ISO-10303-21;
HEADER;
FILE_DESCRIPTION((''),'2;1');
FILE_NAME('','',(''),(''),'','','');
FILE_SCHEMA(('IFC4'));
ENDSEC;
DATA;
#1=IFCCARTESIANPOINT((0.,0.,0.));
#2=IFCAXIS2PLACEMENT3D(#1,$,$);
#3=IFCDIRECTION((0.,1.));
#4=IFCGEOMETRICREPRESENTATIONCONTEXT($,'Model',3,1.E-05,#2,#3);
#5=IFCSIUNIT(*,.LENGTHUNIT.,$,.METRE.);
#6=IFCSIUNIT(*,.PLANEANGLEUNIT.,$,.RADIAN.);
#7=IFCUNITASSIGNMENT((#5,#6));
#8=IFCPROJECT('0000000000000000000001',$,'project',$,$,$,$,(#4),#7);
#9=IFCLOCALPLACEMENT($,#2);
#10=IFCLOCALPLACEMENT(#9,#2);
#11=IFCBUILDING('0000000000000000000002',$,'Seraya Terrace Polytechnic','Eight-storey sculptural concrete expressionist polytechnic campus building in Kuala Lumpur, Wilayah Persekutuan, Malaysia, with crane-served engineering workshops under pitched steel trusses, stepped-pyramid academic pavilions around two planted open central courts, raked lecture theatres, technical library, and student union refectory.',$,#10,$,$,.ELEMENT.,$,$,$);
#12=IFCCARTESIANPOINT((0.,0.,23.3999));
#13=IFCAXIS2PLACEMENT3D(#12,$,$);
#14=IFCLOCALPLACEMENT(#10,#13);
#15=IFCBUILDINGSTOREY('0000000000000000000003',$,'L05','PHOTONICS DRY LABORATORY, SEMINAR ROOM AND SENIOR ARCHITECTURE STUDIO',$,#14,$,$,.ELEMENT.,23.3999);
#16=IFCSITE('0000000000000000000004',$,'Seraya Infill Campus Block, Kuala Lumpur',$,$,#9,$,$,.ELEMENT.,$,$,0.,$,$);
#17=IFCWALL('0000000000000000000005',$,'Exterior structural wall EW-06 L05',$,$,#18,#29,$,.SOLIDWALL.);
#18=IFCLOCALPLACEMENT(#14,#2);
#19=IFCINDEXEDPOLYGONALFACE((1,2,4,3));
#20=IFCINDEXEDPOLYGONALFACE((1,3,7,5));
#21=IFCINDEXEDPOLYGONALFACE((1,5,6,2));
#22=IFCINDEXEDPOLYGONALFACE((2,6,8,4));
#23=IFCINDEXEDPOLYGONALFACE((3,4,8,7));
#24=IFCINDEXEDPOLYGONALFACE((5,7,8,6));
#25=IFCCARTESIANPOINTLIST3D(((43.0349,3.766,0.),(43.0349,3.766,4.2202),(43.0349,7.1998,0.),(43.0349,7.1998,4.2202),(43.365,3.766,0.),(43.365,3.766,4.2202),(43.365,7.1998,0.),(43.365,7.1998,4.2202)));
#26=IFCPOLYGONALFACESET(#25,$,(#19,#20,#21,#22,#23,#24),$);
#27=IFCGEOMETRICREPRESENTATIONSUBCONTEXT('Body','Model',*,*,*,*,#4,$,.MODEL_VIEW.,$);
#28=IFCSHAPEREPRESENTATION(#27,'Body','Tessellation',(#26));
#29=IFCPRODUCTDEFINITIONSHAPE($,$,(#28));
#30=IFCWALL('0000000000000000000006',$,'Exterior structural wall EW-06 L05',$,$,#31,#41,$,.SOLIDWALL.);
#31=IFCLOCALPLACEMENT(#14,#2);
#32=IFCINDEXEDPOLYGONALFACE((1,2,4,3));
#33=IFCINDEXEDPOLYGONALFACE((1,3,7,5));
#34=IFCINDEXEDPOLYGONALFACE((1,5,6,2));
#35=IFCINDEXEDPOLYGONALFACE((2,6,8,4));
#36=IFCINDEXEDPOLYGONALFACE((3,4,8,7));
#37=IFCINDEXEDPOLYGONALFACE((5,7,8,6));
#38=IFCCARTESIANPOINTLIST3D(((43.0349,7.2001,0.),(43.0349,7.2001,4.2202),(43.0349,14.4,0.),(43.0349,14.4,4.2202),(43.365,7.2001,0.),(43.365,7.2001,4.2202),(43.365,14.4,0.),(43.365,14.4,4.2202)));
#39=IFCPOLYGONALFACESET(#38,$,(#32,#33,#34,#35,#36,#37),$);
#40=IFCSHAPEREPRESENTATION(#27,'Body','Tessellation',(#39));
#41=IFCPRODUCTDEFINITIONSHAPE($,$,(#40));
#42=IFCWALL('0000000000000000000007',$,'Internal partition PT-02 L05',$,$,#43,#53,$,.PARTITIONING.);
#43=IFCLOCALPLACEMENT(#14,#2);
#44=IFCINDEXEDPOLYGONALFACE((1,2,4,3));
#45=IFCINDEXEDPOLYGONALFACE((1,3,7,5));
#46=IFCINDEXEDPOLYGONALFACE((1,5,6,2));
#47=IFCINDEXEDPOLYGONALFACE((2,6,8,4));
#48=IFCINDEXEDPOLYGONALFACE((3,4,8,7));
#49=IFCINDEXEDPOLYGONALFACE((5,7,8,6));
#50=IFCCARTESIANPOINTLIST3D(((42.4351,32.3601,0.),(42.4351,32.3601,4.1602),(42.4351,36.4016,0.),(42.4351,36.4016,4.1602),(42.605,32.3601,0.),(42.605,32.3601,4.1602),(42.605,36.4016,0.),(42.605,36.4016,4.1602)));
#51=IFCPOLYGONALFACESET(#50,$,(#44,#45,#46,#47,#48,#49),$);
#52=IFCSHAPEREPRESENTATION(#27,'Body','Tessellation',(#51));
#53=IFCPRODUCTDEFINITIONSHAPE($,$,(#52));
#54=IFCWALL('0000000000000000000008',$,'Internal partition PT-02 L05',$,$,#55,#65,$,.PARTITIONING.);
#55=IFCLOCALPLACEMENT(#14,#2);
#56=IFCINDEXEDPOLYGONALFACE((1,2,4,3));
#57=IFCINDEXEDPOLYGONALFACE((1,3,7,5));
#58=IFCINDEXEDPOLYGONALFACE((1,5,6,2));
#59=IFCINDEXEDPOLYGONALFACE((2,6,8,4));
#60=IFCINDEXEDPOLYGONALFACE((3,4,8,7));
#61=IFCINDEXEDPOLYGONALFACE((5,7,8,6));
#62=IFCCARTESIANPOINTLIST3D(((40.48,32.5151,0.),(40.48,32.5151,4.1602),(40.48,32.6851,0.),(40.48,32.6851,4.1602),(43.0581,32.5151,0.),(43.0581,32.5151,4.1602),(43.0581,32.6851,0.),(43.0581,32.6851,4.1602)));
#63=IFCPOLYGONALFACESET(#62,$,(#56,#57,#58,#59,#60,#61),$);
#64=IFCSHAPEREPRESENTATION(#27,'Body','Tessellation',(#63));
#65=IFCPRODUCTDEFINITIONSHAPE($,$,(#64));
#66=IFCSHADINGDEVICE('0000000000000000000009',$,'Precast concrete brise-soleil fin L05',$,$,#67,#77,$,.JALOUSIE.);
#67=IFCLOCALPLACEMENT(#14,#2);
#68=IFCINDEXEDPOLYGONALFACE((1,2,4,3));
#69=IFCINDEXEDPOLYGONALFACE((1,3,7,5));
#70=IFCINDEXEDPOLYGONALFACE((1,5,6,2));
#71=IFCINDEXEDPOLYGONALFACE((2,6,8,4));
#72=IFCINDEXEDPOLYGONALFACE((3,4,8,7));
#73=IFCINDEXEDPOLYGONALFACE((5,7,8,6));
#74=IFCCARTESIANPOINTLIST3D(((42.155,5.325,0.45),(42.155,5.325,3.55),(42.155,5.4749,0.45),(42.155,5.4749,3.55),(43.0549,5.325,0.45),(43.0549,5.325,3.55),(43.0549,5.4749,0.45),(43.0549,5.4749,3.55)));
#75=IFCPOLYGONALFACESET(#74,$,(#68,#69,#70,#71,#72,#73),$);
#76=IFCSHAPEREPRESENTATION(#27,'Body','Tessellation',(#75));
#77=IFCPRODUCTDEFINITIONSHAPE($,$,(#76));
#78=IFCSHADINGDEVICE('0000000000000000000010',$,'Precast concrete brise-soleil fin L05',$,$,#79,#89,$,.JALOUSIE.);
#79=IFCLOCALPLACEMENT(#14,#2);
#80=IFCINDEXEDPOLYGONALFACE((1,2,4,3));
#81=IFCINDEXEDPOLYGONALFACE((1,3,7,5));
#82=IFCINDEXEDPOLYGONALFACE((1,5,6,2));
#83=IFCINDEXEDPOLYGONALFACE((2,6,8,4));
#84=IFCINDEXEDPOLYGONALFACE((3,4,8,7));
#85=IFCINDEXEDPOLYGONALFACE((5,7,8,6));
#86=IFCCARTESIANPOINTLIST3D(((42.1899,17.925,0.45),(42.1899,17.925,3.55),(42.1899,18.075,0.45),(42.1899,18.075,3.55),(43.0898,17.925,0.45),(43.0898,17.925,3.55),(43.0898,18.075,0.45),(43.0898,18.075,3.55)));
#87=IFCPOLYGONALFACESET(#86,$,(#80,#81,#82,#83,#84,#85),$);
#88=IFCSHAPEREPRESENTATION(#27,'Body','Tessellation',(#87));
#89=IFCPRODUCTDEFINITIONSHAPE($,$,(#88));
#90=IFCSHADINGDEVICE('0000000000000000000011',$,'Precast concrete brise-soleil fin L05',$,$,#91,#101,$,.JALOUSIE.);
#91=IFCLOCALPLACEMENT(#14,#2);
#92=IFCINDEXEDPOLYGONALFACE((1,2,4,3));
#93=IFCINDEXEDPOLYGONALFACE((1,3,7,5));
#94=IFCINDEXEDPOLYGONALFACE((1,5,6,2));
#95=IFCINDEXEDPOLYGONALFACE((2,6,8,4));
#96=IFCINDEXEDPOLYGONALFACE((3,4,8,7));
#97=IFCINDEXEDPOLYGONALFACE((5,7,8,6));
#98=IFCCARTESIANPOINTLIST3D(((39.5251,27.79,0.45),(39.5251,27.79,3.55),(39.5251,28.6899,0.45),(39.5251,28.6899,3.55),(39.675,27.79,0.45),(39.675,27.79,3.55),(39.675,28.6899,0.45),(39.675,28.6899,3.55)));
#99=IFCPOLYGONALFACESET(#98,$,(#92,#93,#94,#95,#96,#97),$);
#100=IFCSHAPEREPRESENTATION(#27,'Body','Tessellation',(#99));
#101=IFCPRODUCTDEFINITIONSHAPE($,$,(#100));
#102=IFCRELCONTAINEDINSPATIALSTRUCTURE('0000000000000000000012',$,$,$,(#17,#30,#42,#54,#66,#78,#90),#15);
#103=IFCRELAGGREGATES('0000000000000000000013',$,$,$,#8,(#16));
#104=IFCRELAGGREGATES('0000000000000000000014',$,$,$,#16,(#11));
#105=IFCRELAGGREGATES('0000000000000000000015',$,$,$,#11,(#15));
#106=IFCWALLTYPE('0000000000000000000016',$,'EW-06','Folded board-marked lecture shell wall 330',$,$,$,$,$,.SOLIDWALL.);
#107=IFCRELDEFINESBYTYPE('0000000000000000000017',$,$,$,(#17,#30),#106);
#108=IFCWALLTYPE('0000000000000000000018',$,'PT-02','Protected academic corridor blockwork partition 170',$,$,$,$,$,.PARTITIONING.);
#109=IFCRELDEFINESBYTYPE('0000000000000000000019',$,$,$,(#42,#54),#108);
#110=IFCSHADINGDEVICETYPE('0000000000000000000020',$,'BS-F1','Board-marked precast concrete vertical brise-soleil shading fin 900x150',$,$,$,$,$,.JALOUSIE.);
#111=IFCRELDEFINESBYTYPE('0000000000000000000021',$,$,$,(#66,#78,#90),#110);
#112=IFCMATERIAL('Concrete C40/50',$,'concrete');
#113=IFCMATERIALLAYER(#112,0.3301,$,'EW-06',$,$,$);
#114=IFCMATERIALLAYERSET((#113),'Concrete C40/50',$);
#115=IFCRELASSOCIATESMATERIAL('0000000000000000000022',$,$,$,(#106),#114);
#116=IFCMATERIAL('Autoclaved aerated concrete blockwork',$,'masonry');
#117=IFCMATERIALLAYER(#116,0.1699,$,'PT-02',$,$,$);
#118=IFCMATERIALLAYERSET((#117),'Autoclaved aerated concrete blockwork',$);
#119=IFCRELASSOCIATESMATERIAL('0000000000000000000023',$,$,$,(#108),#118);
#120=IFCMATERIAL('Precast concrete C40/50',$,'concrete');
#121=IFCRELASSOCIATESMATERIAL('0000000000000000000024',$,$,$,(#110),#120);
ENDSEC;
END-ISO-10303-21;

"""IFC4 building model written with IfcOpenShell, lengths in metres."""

from ifc_helpers import new_model, si_unit, direction, frame, frame_2d, origin, origin_2d, place, context, subcontext, project, spatial, rectangle, extrude, material, layer, layer_set, type_object, element, save


model = new_model("IFC4")

# Units and contexts
model_context = context("Model", 3, precision=1e-05, world=origin(), true_north=direction((0.0, 1.0)))
body_context = subcontext(model_context, "Body", "Model", "MODEL_VIEW")
ifc_project = project(units=[si_unit("LENGTHUNIT", "METRE"), si_unit("PLANEANGLEUNIT", "RADIAN")], contexts=[model_context])

# Site, building, storey
site_placement = place(None, origin())
site = spatial("IfcSite", under=ifc_project, at=site_placement, Name="Seraya Infill Campus Block, Kuala Lumpur", CompositionType="ELEMENT", RefElevation=0.0)
building_placement = place(site_placement, origin())
building = spatial("IfcBuilding", under=site, at=building_placement, Name="Seraya Terrace Polytechnic", Description="Eight-storey sculptural concrete expressionist polytechnic campus building in Kuala Lumpur, Wilayah Persekutuan, Malaysia, with crane-served engineering workshops under pitched steel trusses, stepped-pyramid academic pavilions around two planted open central courts, raked lecture theatres, technical library, and student union refectory.", CompositionType="ELEMENT")
storey_placement = place(building_placement, frame((0.0, 0.0, 23.3999)))
storey = spatial("IfcBuildingStorey", under=building, at=storey_placement, Name="L05", Description="PHOTONICS DRY LABORATORY, SEMINAR ROOM AND SENIOR ARCHITECTURE STUDIO", CompositionType="ELEMENT", Elevation=23.3999)

# Shared definitions
ifc_material_1 = material(Name="Concrete C40/50", Category="concrete")

# Shared definitions
ifc_material_2 = material(Name="Precast concrete C40/50", Category="concrete")

# Walls
ifc_layer_1 = layer(ifc_material_1, 0.3301, Name="EW-06")
ifc_layer_set_1 = layer_set([ifc_layer_1], Name="Concrete C40/50")
wall_type_1 = type_object("IfcWallType", Name="EW-06", Description="Folded board-marked lecture shell wall 330", PredefinedType="SOLIDWALL", material=ifc_layer_set_1)
wall_1_placement = place(storey_placement, frame((43.2, 3.7661, 0.0), z_axis=(0.0, 0.0, 1.0), x_axis=(0.0, 1.0, 0.0)))
element("IfcWall", 1, at=wall_1_placement, inside=storey, type_object=wall_type_1, Name="Exterior structural wall EW-06 L05", PredefinedType="SOLIDWALL", context=body_context, shape_type="SweptSolid", body=[
    extrude(rectangle(XDim=3.4338, YDim=0.3301, at=frame_2d((1.7168, 0.0))), origin(), (0.0, 0.0, 1.0), 4.2202),
])
wall_2_placement = place(storey_placement, frame((43.2, 7.2, 0.0), z_axis=(0.0, 0.0, 1.0), x_axis=(0.0, 1.0, 0.0)))
element("IfcWall", 2, at=wall_2_placement, inside=storey, type_object=wall_type_1, Name="Exterior structural wall EW-06 L05", PredefinedType="SOLIDWALL", context=body_context, shape_type="SweptSolid", body=[
    extrude(rectangle(XDim=7.2, YDim=0.3301, at=frame_2d((3.6001, 0.0))), origin(), (0.0, 0.0, 1.0), 4.2202),
])
ifc_material_3 = material(Name="Autoclaved aerated concrete blockwork", Category="masonry")
ifc_layer_2 = layer(ifc_material_3, 0.1699, Name="PT-02")
ifc_layer_set_2 = layer_set([ifc_layer_2], Name="Autoclaved aerated concrete blockwork")
wall_type_2 = type_object("IfcWallType", Name="PT-02", Description="Protected academic corridor blockwork partition 170", PredefinedType="PARTITIONING", material=ifc_layer_set_2)
wall_3_placement = place(storey_placement, frame((42.52, 32.3601, 0.0), z_axis=(0.0, 0.0, 1.0), x_axis=(0.0, 1.0, 0.0)))
element("IfcWall", 3, at=wall_3_placement, inside=storey, type_object=wall_type_2, Name="Internal partition PT-02 L05", PredefinedType="PARTITIONING", context=body_context, shape_type="SweptSolid", body=[
    extrude(rectangle(XDim=4.0415, YDim=0.1699, at=frame_2d((2.0208, 0.0))), origin(), (0.0, 0.0, 1.0), 4.1602),
])
wall_4_placement = place(storey_placement, frame((40.48, 32.6001, 0.0), z_axis=(0.0, 0.0, 1.0), x_axis=(1.0, 0.0, 0.0)))
element("IfcWall", 4, at=wall_4_placement, inside=storey, type_object=wall_type_2, Name="Internal partition PT-02 L05", PredefinedType="PARTITIONING", context=body_context, shape_type="SweptSolid", body=[
    extrude(rectangle(XDim=2.5781, YDim=0.1699, at=frame_2d((1.2891, 0.0))), origin(), (0.0, 0.0, 1.0), 4.1602),
])

# Shading devices
shading_device_type = type_object("IfcShadingDeviceType", Name="BS-F1", Description="Board-marked precast concrete vertical brise-soleil shading fin 900x150", PredefinedType="JALOUSIE", material=ifc_material_2)
for number, where, z_axis, x_axis, name in (
    (5, (42.605, 5.3999, 0.45), (0.0, 0.0, 1.0), (-1.0, 0.0, 0.0), "Precast concrete brise-soleil fin L05"),
    (6, (42.6399, 18.0, 0.45), (0.0, 0.0, 1.0), (-1.0, 0.0, 0.0), "Precast concrete brise-soleil fin L05"),
    (7, (39.6001, 28.24, 0.45), (0.0, 0.0, 1.0), (0.0, -1.0, 0.0), "Precast concrete brise-soleil fin L05"),
):
    element("IfcShadingDevice", number, at=place(storey_placement, frame(where, z_axis=z_axis, x_axis=x_axis)), inside=storey, type_object=shading_device_type, Name=name, PredefinedType="JALOUSIE", context=body_context, shape_type="SweptSolid", body=[
        extrude(rectangle(XDim=0.8999, YDim=0.1499, at=origin_2d()), origin(), (0.0, 0.0, 1.0), 3.1001),
    ])

save(model, "model.ifc")
